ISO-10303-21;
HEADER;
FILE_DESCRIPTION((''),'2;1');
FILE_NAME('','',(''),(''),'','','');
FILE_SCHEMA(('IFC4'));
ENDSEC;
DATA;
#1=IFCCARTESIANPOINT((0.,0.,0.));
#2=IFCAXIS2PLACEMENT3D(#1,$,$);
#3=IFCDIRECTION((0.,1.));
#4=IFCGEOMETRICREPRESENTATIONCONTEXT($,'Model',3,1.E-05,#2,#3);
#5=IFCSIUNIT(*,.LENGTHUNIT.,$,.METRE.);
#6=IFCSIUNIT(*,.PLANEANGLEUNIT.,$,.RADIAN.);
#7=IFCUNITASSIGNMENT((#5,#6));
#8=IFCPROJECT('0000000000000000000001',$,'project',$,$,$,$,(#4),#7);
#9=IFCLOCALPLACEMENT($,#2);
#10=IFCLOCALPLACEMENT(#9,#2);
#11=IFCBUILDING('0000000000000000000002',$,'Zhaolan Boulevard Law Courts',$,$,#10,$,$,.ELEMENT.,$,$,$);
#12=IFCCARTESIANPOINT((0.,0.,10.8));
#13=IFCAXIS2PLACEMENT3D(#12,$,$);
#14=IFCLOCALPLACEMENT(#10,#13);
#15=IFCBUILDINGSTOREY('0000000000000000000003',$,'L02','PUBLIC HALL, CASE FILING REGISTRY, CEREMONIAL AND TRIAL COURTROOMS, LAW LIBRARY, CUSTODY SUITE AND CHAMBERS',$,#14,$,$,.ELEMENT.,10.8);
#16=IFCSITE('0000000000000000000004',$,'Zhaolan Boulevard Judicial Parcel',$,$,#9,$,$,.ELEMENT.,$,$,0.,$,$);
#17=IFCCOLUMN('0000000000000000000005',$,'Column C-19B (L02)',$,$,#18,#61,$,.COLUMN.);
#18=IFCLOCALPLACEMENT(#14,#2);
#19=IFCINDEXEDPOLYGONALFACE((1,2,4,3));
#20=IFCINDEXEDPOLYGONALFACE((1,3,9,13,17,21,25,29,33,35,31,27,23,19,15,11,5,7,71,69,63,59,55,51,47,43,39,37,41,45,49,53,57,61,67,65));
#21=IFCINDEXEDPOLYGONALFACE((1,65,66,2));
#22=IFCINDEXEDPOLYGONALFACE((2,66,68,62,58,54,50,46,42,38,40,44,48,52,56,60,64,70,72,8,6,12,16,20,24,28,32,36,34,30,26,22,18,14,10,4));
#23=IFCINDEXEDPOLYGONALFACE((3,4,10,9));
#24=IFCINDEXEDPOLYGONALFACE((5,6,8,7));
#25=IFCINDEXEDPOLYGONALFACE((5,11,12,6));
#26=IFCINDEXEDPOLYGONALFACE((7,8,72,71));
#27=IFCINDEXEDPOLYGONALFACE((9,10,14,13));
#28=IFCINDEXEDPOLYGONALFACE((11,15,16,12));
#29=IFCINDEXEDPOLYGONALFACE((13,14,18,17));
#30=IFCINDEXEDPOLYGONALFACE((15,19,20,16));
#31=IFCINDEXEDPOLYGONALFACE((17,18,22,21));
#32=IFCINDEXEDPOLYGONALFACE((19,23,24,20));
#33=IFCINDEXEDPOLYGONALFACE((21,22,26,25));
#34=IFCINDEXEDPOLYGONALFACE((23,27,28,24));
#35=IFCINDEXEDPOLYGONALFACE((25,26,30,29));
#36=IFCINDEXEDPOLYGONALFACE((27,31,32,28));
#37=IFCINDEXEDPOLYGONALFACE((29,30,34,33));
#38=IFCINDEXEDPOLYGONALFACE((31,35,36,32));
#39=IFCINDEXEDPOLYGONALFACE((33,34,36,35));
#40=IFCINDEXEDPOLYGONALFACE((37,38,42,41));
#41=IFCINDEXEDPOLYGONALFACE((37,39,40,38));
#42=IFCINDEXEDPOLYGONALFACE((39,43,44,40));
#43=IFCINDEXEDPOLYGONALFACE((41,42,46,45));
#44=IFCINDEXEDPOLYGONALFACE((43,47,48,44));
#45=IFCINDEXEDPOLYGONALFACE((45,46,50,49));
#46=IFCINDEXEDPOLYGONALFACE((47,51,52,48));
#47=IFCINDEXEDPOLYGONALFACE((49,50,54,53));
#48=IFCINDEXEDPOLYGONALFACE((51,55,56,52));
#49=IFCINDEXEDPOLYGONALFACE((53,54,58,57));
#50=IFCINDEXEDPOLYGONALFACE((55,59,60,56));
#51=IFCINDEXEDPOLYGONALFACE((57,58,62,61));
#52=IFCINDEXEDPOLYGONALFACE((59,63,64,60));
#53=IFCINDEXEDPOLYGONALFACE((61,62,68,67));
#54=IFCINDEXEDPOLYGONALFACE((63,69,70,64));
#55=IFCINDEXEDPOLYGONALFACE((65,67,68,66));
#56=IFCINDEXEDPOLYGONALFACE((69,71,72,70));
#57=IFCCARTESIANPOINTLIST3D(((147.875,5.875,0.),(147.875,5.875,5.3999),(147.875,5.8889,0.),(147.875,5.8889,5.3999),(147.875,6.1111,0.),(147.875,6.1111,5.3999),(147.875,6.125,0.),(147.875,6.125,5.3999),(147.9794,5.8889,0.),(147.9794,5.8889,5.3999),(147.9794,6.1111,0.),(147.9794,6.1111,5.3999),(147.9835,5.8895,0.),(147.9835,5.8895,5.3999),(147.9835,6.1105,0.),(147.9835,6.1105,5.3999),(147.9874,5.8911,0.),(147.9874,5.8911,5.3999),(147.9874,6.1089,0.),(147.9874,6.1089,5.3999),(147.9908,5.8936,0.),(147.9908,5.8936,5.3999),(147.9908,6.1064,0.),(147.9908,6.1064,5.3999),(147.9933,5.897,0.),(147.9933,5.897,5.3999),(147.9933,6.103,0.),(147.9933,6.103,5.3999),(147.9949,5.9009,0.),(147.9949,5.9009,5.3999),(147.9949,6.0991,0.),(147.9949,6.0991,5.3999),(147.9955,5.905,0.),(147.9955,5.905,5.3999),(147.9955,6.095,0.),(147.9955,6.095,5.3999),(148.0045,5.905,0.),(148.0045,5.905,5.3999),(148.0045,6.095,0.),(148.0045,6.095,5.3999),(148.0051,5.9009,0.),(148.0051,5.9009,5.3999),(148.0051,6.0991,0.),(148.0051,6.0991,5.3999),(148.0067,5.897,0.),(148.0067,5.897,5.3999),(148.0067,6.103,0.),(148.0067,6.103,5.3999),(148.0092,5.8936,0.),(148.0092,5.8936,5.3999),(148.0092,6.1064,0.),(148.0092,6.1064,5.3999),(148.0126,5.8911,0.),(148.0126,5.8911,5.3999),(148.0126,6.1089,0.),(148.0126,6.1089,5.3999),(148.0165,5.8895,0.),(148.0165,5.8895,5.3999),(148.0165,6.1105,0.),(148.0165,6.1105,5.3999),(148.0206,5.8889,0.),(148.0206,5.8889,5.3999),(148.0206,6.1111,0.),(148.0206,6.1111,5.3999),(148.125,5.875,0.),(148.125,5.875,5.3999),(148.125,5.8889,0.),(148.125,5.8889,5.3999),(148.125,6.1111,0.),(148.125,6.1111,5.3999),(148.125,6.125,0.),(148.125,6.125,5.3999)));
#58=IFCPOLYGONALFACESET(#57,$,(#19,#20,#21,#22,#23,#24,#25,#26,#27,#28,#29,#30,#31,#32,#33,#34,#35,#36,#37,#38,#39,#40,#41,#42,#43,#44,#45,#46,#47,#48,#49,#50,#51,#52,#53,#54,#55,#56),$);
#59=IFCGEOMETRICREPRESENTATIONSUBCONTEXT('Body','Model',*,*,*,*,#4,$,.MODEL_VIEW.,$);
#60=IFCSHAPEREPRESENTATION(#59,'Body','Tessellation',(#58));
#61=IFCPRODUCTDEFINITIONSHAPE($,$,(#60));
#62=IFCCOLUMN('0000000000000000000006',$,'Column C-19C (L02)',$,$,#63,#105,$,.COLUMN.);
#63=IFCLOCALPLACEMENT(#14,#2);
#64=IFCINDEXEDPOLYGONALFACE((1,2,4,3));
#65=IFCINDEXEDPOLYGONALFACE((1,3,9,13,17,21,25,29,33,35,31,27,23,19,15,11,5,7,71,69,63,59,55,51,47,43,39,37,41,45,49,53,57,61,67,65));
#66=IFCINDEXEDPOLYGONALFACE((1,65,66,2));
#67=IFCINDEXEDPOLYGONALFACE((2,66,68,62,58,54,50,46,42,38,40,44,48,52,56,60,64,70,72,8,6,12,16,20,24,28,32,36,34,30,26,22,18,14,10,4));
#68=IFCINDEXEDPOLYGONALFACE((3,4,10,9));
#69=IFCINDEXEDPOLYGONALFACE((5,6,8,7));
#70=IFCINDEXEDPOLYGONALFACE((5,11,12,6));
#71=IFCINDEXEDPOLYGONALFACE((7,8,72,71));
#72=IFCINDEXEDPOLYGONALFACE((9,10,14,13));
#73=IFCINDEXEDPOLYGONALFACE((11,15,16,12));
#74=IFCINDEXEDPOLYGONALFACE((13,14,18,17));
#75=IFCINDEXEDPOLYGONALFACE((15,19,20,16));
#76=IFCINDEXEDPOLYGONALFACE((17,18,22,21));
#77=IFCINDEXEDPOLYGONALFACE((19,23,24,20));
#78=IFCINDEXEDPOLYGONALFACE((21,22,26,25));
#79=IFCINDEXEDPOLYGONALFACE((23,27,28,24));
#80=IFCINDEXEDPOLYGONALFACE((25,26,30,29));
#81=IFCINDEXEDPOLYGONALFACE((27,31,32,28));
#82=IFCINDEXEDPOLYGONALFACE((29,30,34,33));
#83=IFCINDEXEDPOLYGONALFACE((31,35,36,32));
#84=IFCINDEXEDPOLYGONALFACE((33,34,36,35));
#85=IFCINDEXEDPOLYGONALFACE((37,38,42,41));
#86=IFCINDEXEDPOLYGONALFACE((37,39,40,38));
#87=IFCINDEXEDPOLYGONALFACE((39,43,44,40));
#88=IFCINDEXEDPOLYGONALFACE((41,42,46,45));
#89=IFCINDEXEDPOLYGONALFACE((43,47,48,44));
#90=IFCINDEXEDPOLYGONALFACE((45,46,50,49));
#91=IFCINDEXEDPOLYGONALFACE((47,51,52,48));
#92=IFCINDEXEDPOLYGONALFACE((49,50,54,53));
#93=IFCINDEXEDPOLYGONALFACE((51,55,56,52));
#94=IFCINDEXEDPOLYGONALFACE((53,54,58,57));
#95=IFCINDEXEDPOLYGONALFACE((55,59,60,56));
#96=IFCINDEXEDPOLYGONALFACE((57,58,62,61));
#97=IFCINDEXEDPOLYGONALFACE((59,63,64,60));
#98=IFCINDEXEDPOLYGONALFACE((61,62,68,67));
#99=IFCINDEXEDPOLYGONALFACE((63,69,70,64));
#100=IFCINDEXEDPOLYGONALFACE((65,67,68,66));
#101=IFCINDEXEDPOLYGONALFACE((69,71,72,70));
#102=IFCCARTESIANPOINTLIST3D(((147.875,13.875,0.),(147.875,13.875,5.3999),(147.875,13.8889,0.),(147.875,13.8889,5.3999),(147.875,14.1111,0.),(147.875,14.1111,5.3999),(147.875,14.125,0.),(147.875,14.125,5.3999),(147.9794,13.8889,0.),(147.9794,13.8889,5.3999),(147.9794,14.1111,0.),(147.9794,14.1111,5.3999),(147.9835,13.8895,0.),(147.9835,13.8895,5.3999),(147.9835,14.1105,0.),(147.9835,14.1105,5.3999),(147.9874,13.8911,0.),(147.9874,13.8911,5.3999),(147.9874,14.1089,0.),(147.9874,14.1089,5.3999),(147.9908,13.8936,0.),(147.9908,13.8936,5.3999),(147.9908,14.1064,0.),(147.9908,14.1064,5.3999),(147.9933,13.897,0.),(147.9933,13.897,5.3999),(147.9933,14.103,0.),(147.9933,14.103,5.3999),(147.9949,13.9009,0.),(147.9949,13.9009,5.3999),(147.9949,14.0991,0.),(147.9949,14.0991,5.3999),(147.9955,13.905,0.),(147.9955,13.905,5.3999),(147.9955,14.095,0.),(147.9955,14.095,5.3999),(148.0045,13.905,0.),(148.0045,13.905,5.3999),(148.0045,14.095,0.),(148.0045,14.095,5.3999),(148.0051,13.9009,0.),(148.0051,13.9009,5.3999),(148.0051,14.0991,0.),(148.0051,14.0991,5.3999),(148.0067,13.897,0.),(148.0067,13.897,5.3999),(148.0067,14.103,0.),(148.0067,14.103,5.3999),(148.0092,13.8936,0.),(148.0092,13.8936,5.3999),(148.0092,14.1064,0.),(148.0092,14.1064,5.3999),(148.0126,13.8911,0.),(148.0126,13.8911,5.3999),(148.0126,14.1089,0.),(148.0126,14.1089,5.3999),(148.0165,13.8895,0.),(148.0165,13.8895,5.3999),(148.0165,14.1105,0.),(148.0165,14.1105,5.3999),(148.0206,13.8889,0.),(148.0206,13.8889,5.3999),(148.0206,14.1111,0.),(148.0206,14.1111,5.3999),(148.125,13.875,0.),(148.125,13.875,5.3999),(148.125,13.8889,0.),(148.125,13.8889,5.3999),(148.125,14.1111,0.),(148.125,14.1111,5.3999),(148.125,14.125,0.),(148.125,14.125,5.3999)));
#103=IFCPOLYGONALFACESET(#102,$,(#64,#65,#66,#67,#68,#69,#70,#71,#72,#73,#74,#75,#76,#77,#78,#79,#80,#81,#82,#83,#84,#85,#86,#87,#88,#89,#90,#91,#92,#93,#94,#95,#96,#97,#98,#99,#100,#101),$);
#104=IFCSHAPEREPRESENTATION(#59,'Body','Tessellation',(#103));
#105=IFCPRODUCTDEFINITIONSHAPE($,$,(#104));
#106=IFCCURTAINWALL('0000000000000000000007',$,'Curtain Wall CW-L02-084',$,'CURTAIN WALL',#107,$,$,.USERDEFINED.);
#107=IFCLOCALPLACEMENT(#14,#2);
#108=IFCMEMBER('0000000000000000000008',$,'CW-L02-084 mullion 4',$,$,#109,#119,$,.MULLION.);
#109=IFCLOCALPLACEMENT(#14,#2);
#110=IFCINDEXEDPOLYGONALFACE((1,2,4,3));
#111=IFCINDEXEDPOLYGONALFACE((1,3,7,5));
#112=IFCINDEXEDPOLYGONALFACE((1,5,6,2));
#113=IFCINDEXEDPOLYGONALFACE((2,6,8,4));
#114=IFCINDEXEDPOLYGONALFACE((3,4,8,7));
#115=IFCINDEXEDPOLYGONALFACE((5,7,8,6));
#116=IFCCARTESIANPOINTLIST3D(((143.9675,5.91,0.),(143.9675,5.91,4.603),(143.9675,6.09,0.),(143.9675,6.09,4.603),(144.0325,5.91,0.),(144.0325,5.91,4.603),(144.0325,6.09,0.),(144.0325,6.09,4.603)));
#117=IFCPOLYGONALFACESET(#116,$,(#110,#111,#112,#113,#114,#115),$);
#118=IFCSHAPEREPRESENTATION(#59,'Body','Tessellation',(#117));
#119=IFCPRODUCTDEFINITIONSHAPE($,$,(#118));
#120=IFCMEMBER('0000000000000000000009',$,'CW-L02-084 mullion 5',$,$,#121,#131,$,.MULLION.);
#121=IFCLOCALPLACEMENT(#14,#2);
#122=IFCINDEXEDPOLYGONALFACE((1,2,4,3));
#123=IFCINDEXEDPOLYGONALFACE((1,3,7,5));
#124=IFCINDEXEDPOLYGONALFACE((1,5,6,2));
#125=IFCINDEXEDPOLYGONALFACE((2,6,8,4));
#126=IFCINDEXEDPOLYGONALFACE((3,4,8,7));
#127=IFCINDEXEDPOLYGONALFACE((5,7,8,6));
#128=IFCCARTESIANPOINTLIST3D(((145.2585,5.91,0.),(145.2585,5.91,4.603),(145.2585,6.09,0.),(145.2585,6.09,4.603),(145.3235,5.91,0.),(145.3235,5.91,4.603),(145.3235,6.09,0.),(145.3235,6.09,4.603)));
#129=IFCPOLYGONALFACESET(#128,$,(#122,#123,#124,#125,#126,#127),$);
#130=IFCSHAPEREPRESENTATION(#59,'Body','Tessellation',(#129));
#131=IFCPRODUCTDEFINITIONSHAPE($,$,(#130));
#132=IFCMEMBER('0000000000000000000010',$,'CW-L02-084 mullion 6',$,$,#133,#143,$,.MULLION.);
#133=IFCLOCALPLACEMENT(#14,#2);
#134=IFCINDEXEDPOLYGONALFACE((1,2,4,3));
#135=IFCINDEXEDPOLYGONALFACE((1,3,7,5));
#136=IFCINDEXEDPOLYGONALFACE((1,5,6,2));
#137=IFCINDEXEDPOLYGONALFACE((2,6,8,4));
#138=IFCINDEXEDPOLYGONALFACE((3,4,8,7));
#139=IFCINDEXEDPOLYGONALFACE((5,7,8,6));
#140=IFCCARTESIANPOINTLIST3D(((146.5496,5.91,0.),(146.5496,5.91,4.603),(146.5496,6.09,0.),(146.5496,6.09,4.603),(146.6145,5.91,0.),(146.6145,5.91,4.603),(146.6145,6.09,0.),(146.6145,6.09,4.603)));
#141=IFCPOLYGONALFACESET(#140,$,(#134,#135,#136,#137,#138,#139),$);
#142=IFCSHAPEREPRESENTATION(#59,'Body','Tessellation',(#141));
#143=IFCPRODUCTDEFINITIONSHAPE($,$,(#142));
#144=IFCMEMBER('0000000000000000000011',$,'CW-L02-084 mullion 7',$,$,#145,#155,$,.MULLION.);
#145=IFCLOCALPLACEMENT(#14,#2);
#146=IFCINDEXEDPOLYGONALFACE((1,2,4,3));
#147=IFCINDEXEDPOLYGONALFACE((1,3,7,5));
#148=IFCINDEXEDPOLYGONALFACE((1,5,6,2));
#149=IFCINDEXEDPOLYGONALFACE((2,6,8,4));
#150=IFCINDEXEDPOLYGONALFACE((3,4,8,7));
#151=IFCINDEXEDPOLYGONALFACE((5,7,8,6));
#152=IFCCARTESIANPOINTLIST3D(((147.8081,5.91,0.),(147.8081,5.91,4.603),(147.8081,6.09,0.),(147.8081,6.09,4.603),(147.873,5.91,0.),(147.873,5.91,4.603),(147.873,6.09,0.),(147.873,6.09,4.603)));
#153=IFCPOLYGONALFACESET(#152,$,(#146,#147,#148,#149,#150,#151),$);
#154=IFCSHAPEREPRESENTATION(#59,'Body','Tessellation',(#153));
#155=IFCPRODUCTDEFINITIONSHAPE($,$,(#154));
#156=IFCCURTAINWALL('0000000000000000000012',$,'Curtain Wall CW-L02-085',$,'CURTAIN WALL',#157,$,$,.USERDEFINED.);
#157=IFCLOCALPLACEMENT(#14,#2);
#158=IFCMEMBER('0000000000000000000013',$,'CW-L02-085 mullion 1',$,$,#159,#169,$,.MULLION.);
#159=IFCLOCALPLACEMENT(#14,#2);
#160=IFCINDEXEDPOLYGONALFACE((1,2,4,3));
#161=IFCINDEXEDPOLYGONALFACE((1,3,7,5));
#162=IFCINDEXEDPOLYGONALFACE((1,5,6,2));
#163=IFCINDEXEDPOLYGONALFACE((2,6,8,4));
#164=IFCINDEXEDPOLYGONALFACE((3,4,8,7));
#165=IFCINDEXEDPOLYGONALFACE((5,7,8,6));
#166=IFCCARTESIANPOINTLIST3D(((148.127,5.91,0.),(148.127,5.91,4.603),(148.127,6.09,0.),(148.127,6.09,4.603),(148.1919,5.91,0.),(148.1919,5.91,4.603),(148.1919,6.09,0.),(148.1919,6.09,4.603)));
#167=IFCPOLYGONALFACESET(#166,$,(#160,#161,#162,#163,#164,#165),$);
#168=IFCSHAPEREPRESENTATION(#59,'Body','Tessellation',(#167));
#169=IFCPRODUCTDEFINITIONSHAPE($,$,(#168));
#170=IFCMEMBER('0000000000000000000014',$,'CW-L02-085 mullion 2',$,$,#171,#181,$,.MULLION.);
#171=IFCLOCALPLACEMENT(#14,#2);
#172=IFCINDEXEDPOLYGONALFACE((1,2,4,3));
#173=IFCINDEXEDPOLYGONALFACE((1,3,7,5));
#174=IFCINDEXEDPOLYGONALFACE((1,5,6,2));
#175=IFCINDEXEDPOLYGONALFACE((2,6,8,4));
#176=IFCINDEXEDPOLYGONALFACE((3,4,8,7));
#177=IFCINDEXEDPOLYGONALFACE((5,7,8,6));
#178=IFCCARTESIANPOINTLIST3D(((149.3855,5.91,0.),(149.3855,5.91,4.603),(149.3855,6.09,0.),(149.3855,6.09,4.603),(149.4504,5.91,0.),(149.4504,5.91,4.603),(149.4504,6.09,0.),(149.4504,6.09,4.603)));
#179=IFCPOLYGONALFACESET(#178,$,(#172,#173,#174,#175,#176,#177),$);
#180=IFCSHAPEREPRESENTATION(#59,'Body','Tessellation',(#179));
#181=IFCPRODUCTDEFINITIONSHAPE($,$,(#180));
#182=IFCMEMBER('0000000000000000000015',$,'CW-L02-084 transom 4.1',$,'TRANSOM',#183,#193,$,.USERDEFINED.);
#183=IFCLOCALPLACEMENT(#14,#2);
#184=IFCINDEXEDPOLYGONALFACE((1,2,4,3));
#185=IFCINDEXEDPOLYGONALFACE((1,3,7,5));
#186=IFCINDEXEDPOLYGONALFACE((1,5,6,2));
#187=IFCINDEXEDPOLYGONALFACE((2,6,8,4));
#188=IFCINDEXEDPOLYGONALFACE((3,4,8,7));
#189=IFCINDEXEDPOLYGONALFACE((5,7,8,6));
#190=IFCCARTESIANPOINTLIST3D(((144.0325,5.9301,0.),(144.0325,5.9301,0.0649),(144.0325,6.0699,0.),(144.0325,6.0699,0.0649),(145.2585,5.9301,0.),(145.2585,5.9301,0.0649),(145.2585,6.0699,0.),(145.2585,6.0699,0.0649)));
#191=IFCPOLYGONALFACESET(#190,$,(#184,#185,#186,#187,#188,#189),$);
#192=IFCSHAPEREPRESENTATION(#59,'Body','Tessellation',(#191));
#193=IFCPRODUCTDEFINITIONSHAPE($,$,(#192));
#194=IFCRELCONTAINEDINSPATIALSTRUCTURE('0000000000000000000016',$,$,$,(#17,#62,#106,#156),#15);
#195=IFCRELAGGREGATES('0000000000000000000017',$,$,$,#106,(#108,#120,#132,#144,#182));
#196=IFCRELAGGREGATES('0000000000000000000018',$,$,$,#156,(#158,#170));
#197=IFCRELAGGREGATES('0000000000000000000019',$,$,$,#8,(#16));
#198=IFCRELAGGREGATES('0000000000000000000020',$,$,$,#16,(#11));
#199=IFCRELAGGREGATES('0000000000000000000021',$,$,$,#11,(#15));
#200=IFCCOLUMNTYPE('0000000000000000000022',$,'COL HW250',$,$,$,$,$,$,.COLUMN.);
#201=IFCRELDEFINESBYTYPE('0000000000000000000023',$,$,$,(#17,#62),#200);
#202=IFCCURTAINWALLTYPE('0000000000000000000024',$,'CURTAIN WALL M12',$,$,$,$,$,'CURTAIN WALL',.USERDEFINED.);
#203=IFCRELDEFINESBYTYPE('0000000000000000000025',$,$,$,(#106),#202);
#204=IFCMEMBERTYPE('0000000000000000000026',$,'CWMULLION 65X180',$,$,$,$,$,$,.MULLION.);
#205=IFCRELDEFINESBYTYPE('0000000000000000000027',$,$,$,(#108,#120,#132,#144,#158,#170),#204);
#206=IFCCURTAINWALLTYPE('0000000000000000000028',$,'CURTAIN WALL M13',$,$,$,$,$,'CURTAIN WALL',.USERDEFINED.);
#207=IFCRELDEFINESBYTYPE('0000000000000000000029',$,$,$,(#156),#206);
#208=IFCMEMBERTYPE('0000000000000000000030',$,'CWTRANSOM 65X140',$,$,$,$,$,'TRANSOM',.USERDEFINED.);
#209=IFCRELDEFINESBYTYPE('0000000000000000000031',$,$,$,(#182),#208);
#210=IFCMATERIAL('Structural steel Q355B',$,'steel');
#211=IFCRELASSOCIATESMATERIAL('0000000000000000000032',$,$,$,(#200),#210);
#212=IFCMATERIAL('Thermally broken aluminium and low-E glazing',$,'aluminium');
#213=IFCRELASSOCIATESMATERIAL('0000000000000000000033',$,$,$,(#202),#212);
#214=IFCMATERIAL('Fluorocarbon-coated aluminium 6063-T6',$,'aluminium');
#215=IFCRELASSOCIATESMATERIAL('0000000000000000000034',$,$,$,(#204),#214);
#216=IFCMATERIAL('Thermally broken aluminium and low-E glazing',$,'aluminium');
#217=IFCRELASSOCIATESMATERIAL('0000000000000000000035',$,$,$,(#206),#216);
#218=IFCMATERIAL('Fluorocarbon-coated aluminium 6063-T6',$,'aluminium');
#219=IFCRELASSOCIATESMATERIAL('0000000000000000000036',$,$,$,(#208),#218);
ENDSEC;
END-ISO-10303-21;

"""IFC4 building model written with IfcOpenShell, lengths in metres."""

from ifc_helpers import new_model, si_unit, direction, frame, origin, origin_2d, place, context, subcontext, project, spatial, rectangle, i_section, extrude, material, material_profile, profile_set, type_object, element, aggregate, save


model = new_model("IFC4")

# Units and contexts
model_context = context("Model", 3, precision=1e-05, world=origin(), true_north=direction((0.0, 1.0)))
body_context = subcontext(model_context, "Body", "Model", "MODEL_VIEW")
ifc_project = project(units=[si_unit("LENGTHUNIT", "METRE"), si_unit("PLANEANGLEUNIT", "RADIAN")], contexts=[model_context])

# Site, building, storey
site_placement = place(None, origin())
site = spatial("IfcSite", under=ifc_project, at=site_placement, Name="Zhaolan Boulevard Judicial Parcel", CompositionType="ELEMENT", RefElevation=0.0)
building_placement = place(site_placement, origin())
building = spatial("IfcBuilding", under=site, at=building_placement, Name="Zhaolan Boulevard Law Courts", CompositionType="ELEMENT")
storey_placement = place(building_placement, frame((0.0, 0.0, 10.8)))
storey = spatial("IfcBuildingStorey", under=building, at=storey_placement, Name="L02", Description="PUBLIC HALL, CASE FILING REGISTRY, CEREMONIAL AND TRIAL COURTROOMS, LAW LIBRARY, CUSTODY SUITE AND CHAMBERS", CompositionType="ELEMENT", Elevation=10.8)

# Columns
ifc_material_1 = material(Name="Structural steel Q355B", Category="steel")
ifc_material_profile_1 = material_profile(ifc_material_1, i_section(OverallWidth=0.25, OverallDepth=0.25, WebThickness=0.009, FlangeThickness=0.0139, FilletRadius=0.0161, at=origin_2d()), Name="HW250x250")
ifc_profile_set_1 = profile_set([ifc_material_profile_1], Name="Structural steel Q355B")
column_type = type_object("IfcColumnType", Name="COL HW250", PredefinedType="COLUMN", material=ifc_profile_set_1)
for number, where, z_axis, x_axis, name in (
    (1, (148.0, 6.0, 0.0), (0.0, 0.0, 1.0), (1.0, 0.0, 0.0), "Column C-19B (L02)"),
    (2, (148.0, 14.0, 0.0), (0.0, 0.0, 1.0), (1.0, 0.0, 0.0), "Column C-19C (L02)"),
):
    element("IfcColumn", number, at=place(storey_placement, frame(where, z_axis=z_axis, x_axis=x_axis)), inside=storey, type_object=column_type, Name=name, PredefinedType="COLUMN", context=body_context, shape_type="SweptSolid", body=[
        extrude(i_section(OverallWidth=0.25, OverallDepth=0.25, WebThickness=0.009, FlangeThickness=0.0139, FilletRadius=0.0161, at=origin_2d()), origin(), (0.0, 0.0, 1.0), 5.3999),
    ])

# Curtain walls, members
ifc_material_2 = material(Name="Thermally broken aluminium and low-E glazing", Category="aluminium")
curtain_wall_type_1 = type_object("IfcCurtainWallType", Name="CURTAIN WALL M12", ElementType="CURTAIN WALL", PredefinedType="USERDEFINED", material=ifc_material_2)
curtain_wall_1_placement = place(storey_placement, origin())
curtain_wall_1 = element("IfcCurtainWall", 3, at=curtain_wall_1_placement, inside=storey, type_object=curtain_wall_type_1, Name="Curtain Wall CW-L02-084", ObjectType="CURTAIN WALL", PredefinedType="USERDEFINED")
ifc_material_3 = material(Name="Fluorocarbon-coated aluminium 6063-T6", Category="aluminium")
ifc_material_profile_2 = material_profile(ifc_material_3, rectangle(XDim=0.1799, YDim=0.0649, at=origin_2d()), Name="AL65x180")
ifc_profile_set_2 = profile_set([ifc_material_profile_2], Name="Fluorocarbon-coated aluminium 6063-T6")
member_type_1 = type_object("IfcMemberType", Name="CWMULLION 65X180", PredefinedType="MULLION", material=ifc_profile_set_2)
member_1_placement = place(storey_placement, frame((144.0, 6.0, 0.0), z_axis=(0.0, 0.0, 1.0), x_axis=(0.0, 1.0, 0.0)))
member_1 = element("IfcMember", 4, at=member_1_placement, type_object=member_type_1, Name="CW-L02-084 mullion 4", PredefinedType="MULLION", context=body_context, shape_type="SweptSolid", body=[
    extrude(rectangle(XDim=0.1799, YDim=0.0649, at=origin_2d()), origin(), (0.0, 0.0, 1.0), 4.603),
])
member_2_placement = place(storey_placement, frame((145.291, 6.0, 0.0), z_axis=(0.0, 0.0, 1.0), x_axis=(0.0, 1.0, 0.0)))
member_2 = element("IfcMember", 5, at=member_2_placement, type_object=member_type_1, Name="CW-L02-084 mullion 5", PredefinedType="MULLION", context=body_context, shape_type="SweptSolid", body=[
    extrude(rectangle(XDim=0.1799, YDim=0.0649, at=origin_2d()), origin(), (0.0, 0.0, 1.0), 4.603),
])
member_3_placement = place(storey_placement, frame((146.582, 6.0, 0.0), z_axis=(0.0, 0.0, 1.0), x_axis=(0.0, 1.0, 0.0)))
member_3 = element("IfcMember", 6, at=member_3_placement, type_object=member_type_1, Name="CW-L02-084 mullion 6", PredefinedType="MULLION", context=body_context, shape_type="SweptSolid", body=[
    extrude(rectangle(XDim=0.1799, YDim=0.0649, at=origin_2d()), origin(), (0.0, 0.0, 1.0), 4.603),
])
member_4_placement = place(storey_placement, frame((147.8406, 6.0, 0.0), z_axis=(0.0, 0.0, 1.0), x_axis=(0.0, 1.0, 0.0)))
member_4 = element("IfcMember", 7, at=member_4_placement, type_object=member_type_1, Name="CW-L02-084 mullion 7", PredefinedType="MULLION", context=body_context, shape_type="SweptSolid", body=[
    extrude(rectangle(XDim=0.1799, YDim=0.0649, at=origin_2d()), origin(), (0.0, 0.0, 1.0), 4.603),
])
ifc_material_4 = material(Name="Thermally broken aluminium and low-E glazing", Category="aluminium")
curtain_wall_type_2 = type_object("IfcCurtainWallType", Name="CURTAIN WALL M13", ElementType="CURTAIN WALL", PredefinedType="USERDEFINED", material=ifc_material_4)
curtain_wall_2_placement = place(storey_placement, origin())
curtain_wall_2 = element("IfcCurtainWall", 8, at=curtain_wall_2_placement, inside=storey, type_object=curtain_wall_type_2, Name="Curtain Wall CW-L02-085", ObjectType="CURTAIN WALL", PredefinedType="USERDEFINED")
member_5_placement = place(storey_placement, frame((148.1594, 6.0, 0.0), z_axis=(0.0, 0.0, 1.0), x_axis=(0.0, 1.0, 0.0)))
member_5 = element("IfcMember", 9, at=member_5_placement, type_object=member_type_1, Name="CW-L02-085 mullion 1", PredefinedType="MULLION", context=body_context, shape_type="SweptSolid", body=[
    extrude(rectangle(XDim=0.1799, YDim=0.0649, at=origin_2d()), origin(), (0.0, 0.0, 1.0), 4.603),
])
member_6_placement = place(storey_placement, frame((149.418, 6.0, 0.0), z_axis=(0.0, 0.0, 1.0), x_axis=(0.0, 1.0, 0.0)))
member_6 = element("IfcMember", 10, at=member_6_placement, type_object=member_type_1, Name="CW-L02-085 mullion 2", PredefinedType="MULLION", context=body_context, shape_type="SweptSolid", body=[
    extrude(rectangle(XDim=0.1799, YDim=0.0649, at=origin_2d()), origin(), (0.0, 0.0, 1.0), 4.603),
])

# Member
ifc_material_5 = material(Name="Fluorocarbon-coated aluminium 6063-T6", Category="aluminium")
ifc_material_profile_3 = material_profile(ifc_material_5, rectangle(XDim=0.1399, YDim=0.0649, at=origin_2d()), Name="AL65x140")
ifc_profile_set_3 = profile_set([ifc_material_profile_3], Name="Fluorocarbon-coated aluminium 6063-T6")
member_type_2 = type_object("IfcMemberType", Name="CWTRANSOM 65X140", ElementType="TRANSOM", PredefinedType="USERDEFINED", material=ifc_profile_set_3)
member_7_placement = place(storey_placement, frame((144.0325, 6.0, 0.0325), z_axis=(1.0, 0.0, 0.0), x_axis=(0.0, 1.0, 0.0)))
member_7 = element("IfcMember", 11, at=member_7_placement, type_object=member_type_2, Name="CW-L02-084 transom 4.1", ObjectType="TRANSOM", PredefinedType="USERDEFINED", context=body_context, shape_type="SweptSolid", body=[
    extrude(rectangle(XDim=0.1399, YDim=0.0649, at=origin_2d()), origin(), (0.0, 0.0, 1.0), 1.2261),
])

aggregate(curtain_wall_1, [member_1, member_2, member_3, member_4, member_7])
aggregate(curtain_wall_2, [member_5, member_6])

save(model, "model.ifc")
